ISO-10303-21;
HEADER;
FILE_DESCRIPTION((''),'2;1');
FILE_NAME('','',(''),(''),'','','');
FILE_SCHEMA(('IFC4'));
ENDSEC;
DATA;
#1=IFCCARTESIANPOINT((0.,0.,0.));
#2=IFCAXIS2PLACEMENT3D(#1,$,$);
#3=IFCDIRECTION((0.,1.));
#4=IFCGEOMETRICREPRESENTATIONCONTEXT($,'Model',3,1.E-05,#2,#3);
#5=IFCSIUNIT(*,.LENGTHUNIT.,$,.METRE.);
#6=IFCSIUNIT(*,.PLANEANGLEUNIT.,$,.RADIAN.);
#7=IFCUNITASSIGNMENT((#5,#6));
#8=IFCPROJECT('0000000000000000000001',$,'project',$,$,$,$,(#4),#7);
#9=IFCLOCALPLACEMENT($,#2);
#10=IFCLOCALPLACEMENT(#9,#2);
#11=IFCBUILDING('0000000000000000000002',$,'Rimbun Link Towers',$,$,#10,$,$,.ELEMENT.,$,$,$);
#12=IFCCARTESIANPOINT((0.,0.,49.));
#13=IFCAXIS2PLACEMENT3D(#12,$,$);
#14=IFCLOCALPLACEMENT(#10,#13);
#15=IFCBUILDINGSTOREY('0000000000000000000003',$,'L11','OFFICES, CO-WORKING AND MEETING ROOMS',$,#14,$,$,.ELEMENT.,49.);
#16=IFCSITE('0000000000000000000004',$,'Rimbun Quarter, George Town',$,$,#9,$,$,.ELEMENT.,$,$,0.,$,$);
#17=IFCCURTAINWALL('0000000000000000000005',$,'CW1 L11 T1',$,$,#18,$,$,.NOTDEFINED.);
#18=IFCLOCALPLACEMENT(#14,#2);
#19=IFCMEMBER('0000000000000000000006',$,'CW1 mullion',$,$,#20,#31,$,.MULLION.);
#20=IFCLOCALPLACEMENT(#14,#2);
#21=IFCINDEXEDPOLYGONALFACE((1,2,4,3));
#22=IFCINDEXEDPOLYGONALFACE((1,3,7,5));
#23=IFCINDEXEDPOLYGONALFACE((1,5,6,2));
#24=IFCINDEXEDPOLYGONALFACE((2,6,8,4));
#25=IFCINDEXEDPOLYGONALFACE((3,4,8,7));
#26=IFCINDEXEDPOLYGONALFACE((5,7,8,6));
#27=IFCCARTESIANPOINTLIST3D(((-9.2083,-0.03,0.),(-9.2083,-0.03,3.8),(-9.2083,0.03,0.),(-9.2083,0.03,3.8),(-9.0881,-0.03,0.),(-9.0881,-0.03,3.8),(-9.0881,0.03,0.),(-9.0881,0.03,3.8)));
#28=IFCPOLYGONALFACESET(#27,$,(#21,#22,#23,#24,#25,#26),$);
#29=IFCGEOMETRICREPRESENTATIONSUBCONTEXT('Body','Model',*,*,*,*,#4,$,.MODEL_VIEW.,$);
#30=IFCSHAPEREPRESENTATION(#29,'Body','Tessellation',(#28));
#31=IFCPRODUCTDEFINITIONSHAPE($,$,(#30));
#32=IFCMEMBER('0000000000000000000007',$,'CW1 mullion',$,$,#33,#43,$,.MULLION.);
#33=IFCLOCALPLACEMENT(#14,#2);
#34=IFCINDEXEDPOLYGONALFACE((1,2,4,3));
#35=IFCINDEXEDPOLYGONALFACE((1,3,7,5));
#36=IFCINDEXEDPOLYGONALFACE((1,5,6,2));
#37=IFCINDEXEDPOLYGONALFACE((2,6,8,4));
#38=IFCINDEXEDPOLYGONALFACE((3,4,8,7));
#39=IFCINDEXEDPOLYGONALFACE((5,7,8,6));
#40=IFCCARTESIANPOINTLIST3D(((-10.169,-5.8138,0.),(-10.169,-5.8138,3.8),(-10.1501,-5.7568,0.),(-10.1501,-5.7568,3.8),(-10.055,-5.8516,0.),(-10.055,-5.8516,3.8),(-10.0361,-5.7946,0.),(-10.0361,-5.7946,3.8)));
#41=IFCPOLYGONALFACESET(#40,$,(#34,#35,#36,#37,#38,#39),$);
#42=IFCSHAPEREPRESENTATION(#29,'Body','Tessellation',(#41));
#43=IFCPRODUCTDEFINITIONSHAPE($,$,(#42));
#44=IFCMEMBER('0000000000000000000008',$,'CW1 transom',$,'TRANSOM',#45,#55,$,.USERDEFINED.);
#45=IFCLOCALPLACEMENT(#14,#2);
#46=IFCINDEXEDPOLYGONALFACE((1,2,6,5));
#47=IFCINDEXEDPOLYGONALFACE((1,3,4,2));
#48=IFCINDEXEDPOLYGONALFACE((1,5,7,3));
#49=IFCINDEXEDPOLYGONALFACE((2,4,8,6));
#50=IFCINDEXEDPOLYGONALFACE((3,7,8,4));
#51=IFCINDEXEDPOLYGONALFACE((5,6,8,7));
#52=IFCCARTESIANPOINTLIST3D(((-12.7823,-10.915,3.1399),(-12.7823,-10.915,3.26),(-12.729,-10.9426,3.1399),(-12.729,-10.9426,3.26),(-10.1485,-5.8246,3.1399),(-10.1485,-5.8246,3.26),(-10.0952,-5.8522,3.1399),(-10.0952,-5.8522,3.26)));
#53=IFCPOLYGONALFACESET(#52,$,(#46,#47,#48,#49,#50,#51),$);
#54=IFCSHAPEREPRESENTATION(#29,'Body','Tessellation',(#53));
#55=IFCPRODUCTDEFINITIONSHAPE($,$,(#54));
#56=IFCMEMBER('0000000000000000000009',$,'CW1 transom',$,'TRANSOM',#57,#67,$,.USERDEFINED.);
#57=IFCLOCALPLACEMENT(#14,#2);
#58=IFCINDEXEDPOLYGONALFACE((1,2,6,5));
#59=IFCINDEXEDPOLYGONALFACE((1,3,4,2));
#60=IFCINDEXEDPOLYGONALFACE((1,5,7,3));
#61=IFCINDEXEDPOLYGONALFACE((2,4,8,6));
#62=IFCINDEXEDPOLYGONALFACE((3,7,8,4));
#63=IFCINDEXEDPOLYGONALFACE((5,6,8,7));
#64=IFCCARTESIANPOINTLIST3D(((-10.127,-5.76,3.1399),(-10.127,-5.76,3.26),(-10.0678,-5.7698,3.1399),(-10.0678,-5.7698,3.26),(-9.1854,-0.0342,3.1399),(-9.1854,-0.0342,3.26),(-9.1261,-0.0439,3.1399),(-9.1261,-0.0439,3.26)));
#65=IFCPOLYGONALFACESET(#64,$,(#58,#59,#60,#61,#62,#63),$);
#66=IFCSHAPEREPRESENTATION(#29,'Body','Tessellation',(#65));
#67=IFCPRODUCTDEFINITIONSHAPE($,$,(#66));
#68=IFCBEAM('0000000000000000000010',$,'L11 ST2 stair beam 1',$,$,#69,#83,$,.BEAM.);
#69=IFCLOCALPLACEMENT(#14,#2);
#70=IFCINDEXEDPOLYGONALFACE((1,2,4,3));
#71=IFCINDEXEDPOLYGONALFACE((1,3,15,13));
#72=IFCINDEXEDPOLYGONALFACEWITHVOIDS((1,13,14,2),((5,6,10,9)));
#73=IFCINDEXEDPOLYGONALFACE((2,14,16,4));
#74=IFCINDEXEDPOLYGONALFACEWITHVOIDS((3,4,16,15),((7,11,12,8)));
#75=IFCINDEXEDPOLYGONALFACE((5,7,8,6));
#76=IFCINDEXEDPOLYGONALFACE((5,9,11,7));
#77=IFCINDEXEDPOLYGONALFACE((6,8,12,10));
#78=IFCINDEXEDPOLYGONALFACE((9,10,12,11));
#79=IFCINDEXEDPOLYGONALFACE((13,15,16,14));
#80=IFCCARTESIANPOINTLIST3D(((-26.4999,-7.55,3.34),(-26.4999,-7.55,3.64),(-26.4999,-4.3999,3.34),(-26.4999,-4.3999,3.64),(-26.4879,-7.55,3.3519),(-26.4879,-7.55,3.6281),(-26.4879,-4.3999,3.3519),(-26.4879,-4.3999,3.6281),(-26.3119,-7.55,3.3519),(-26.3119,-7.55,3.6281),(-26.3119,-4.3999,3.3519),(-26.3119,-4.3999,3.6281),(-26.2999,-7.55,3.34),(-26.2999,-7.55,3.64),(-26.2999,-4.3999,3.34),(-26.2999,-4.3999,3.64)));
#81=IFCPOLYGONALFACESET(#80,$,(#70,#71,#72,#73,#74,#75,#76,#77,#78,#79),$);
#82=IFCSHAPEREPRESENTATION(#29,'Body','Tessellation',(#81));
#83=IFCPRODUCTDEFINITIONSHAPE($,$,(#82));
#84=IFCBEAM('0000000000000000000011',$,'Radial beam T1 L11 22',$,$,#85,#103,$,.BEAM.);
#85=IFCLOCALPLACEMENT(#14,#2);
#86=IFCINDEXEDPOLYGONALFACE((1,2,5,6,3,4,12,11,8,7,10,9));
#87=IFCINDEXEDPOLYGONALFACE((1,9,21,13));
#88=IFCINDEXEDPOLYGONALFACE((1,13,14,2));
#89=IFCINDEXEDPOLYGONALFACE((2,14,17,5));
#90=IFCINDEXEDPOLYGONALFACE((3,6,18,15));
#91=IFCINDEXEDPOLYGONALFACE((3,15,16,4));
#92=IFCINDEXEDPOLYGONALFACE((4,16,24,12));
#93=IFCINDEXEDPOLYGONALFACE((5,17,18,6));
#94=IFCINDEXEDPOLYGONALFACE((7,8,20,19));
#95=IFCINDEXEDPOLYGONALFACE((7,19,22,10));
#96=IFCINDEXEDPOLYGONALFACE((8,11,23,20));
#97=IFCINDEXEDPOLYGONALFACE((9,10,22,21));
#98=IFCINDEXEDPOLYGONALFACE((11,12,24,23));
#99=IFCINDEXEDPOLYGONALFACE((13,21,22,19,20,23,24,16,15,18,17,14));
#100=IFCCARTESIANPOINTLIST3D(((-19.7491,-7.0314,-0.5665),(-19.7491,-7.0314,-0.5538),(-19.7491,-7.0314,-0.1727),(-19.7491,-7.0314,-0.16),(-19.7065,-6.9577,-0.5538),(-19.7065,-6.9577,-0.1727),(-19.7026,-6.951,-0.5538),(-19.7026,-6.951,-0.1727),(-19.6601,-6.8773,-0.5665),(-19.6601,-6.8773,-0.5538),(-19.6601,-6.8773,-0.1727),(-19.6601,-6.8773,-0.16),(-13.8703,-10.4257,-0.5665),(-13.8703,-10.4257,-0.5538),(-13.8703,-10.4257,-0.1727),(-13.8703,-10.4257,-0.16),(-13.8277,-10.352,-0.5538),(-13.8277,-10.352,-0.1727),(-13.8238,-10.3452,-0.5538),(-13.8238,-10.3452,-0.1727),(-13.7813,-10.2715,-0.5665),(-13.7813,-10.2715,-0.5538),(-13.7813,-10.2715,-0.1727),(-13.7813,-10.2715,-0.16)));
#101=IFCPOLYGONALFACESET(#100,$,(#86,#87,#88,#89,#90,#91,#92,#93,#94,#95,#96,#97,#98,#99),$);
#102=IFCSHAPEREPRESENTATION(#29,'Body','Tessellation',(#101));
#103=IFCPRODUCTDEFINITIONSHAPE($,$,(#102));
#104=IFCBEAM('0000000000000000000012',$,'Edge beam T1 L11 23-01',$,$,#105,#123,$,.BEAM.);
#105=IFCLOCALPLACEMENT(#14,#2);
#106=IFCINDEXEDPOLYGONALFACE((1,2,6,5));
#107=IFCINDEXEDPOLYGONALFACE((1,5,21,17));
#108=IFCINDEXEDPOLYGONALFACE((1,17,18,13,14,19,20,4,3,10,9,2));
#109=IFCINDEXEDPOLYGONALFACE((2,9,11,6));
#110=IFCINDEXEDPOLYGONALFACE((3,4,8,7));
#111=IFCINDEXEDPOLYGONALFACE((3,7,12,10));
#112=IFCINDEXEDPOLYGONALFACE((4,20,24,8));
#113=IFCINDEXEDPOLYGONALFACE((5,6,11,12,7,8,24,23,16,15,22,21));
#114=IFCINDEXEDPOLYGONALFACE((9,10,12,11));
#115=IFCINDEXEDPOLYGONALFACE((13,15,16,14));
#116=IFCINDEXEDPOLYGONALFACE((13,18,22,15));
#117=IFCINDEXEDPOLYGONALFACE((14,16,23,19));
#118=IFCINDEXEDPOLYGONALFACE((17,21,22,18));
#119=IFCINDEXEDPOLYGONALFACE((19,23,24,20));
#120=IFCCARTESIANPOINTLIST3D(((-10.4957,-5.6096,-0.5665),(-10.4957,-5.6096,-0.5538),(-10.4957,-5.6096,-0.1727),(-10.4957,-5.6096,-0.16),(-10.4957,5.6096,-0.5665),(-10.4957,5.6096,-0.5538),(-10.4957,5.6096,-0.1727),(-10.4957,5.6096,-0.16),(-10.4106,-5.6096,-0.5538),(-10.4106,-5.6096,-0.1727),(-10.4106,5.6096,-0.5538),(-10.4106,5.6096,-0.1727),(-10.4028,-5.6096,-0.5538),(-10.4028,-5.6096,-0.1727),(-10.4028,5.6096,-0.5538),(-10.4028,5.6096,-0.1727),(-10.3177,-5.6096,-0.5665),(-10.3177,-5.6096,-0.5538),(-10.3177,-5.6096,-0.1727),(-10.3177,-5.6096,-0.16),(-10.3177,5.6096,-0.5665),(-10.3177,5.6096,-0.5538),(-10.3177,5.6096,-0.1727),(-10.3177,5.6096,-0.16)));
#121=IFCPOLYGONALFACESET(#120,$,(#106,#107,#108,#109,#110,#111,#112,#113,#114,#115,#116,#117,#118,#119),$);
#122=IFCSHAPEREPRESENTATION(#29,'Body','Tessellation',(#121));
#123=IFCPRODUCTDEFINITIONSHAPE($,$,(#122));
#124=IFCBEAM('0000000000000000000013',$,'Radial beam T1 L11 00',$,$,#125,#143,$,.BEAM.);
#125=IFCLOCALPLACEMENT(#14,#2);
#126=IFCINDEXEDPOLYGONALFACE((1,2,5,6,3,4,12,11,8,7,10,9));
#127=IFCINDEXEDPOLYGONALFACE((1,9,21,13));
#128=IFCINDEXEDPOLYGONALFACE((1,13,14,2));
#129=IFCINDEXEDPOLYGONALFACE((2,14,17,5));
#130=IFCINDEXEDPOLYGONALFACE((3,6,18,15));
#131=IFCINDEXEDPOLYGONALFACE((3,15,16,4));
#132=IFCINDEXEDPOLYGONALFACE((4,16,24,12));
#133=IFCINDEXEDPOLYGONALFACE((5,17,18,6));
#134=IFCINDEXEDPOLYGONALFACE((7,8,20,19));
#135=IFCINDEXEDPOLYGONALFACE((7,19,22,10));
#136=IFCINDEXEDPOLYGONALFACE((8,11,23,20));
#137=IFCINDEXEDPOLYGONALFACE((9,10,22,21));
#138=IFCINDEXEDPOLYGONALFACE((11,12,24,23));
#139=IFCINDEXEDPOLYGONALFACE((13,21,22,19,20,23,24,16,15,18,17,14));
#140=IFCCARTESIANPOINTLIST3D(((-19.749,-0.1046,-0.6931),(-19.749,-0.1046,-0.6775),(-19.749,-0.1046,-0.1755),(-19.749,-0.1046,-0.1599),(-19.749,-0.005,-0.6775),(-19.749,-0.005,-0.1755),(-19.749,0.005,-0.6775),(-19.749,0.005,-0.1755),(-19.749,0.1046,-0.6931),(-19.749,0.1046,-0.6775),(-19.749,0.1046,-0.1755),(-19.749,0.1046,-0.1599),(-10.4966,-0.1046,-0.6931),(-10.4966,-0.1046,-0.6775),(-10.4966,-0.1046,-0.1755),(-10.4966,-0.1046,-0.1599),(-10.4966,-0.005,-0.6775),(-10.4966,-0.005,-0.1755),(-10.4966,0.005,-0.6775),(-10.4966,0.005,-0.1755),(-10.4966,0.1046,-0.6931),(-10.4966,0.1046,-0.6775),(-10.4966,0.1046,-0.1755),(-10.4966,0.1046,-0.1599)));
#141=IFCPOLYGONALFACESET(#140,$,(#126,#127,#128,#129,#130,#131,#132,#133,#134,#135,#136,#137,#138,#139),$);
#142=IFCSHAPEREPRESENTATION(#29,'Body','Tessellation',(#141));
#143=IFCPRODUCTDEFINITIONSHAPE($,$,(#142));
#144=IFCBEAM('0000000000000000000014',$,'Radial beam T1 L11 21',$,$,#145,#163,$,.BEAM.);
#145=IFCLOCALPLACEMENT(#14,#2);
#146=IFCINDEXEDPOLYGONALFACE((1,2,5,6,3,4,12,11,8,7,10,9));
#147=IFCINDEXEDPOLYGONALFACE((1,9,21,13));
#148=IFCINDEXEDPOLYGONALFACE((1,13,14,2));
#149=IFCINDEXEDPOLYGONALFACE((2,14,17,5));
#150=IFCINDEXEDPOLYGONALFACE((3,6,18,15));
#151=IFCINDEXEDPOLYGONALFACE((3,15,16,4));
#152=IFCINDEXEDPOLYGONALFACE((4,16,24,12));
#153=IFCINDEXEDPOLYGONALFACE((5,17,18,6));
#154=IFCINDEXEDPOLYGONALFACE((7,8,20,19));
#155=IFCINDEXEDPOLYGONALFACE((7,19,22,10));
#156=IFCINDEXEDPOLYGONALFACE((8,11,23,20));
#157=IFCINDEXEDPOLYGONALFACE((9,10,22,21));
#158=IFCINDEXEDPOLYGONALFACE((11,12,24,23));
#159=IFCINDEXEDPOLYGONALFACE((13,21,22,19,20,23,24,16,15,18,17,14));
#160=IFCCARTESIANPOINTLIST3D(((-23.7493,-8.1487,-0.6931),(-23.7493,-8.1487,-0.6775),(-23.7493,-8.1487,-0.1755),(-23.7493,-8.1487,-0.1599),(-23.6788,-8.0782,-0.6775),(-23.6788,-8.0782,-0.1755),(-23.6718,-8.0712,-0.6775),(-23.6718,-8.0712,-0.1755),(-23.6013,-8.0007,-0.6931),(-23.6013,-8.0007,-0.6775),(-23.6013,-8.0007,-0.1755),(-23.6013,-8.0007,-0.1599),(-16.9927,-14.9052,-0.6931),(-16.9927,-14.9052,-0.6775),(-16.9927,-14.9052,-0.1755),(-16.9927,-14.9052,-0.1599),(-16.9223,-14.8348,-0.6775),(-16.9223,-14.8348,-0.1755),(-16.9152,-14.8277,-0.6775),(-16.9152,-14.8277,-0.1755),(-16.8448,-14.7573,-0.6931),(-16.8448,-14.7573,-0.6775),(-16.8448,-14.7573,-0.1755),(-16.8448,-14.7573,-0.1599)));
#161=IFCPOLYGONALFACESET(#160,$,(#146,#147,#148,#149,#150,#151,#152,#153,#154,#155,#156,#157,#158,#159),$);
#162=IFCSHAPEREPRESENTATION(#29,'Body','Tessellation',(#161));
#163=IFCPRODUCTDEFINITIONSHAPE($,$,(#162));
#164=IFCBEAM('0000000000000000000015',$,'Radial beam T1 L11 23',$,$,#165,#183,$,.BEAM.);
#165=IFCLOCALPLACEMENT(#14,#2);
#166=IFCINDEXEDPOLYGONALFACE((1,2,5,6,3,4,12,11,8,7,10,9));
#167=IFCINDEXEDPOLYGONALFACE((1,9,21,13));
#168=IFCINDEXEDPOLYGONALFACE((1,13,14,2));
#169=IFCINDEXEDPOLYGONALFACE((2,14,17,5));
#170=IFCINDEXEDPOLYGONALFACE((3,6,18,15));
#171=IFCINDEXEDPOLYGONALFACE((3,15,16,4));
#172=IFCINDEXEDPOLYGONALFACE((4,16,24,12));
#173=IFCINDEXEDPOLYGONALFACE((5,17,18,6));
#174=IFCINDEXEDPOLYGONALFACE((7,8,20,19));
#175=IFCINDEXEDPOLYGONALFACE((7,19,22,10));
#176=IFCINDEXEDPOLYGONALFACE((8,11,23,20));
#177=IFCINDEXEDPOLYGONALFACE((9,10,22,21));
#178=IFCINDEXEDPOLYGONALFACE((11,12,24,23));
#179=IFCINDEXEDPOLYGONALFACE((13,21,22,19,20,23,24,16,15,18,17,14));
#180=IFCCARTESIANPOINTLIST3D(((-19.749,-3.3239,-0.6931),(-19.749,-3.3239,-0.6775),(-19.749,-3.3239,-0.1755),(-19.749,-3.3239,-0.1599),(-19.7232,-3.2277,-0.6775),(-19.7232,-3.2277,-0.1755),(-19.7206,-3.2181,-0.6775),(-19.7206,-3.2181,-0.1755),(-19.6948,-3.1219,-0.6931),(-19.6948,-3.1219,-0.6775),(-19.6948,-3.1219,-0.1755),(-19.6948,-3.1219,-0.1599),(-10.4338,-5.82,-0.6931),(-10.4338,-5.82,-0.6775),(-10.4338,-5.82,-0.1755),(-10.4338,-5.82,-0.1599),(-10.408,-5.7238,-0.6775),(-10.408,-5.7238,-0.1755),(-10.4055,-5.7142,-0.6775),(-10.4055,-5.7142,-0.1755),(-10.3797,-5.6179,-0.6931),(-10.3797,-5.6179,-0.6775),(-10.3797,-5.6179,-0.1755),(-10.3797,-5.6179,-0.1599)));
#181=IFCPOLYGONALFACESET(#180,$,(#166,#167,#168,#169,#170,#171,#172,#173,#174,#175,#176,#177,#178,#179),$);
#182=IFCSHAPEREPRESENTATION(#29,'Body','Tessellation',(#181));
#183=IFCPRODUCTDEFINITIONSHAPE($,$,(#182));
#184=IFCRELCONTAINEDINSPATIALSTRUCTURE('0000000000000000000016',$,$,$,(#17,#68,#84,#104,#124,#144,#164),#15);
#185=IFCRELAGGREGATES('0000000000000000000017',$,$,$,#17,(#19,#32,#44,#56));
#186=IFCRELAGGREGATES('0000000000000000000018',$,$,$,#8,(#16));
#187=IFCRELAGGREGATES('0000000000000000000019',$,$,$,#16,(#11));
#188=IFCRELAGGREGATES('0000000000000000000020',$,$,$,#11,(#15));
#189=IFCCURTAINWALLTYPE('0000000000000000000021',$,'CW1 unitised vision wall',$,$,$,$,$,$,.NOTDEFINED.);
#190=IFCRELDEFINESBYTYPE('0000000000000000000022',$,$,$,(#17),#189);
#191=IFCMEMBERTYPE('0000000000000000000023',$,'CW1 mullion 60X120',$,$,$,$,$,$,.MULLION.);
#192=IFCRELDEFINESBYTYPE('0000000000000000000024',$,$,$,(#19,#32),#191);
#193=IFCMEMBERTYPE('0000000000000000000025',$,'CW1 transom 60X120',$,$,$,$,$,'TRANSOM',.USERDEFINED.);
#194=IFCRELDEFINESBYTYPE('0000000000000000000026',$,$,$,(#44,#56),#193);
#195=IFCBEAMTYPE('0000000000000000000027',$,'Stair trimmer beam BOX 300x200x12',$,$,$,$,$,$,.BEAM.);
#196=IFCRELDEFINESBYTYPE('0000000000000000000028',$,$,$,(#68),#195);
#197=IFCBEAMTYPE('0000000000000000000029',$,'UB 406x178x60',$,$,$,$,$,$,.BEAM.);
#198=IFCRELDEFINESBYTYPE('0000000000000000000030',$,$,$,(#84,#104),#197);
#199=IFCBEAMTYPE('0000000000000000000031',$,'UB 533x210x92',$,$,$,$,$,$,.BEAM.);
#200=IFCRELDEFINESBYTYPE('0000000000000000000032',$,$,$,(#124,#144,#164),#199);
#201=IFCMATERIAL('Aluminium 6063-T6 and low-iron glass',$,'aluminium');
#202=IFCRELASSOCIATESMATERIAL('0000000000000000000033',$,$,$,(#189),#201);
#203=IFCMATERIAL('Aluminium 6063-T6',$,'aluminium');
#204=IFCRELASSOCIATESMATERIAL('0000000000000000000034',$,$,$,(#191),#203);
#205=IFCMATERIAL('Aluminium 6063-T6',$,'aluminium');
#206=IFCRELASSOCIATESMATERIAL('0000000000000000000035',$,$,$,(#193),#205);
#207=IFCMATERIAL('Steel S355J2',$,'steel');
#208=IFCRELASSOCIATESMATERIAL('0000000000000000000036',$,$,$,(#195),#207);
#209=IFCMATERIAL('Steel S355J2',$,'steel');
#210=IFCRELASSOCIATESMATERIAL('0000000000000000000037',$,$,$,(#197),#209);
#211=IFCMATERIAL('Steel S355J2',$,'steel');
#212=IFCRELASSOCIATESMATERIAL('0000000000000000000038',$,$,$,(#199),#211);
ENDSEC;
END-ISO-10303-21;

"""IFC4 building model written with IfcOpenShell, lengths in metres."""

from ifc_helpers import new_model, si_unit, direction, frame, origin, origin_2d, place, context, subcontext, project, spatial, rectangle, hollow_rectangle, i_section, extrude, material, material_profile, profile_set, type_object, element, aggregate, save


model = new_model("IFC4")

# Units and contexts
model_context = context("Model", 3, precision=1e-05, world=origin(), true_north=direction((0.0, 1.0)))
body_context = subcontext(model_context, "Body", "Model", "MODEL_VIEW")
ifc_project = project(units=[si_unit("LENGTHUNIT", "METRE"), si_unit("PLANEANGLEUNIT", "RADIAN")], contexts=[model_context])

# Site, building, storey
site_placement = place(None, origin())
site = spatial("IfcSite", under=ifc_project, at=site_placement, Name="Rimbun Quarter, George Town", CompositionType="ELEMENT", RefElevation=0.0)
building_placement = place(site_placement, origin())
building = spatial("IfcBuilding", under=site, at=building_placement, Name="Rimbun Link Towers", CompositionType="ELEMENT")
storey_placement = place(building_placement, frame((0.0, 0.0, 49.0)))
storey = spatial("IfcBuildingStorey", under=building, at=storey_placement, Name="L11", Description="OFFICES, CO-WORKING AND MEETING ROOMS", CompositionType="ELEMENT", Elevation=49.0)

# Curtain wall, members
ifc_material_1 = material(Name="Aluminium 6063-T6 and low-iron glass", Category="aluminium")
curtain_wall_type = type_object("IfcCurtainWallType", Name="CW1 unitised vision wall", PredefinedType="NOTDEFINED", material=ifc_material_1)
curtain_wall_placement = place(storey_placement, origin())
curtain_wall = element("IfcCurtainWall", 1, at=curtain_wall_placement, inside=storey, type_object=curtain_wall_type, Name="CW1 L11 T1", PredefinedType="NOTDEFINED")
ifc_material_2 = material(Name="Aluminium 6063-T6", Category="aluminium")
ifc_material_profile_1 = material_profile(ifc_material_2, rectangle(XDim=0.1201, YDim=0.0601, at=origin_2d()), Name="MULLION 60X120")
ifc_profile_set_1 = profile_set([ifc_material_profile_1], Name="Aluminium 6063-T6")
member_type_1 = type_object("IfcMemberType", Name="CW1 mullion 60X120", PredefinedType="MULLION", material=ifc_profile_set_1)
member_1_placement = place(storey_placement, frame((-9.1482, 0.0, 0.0), z_axis=(0.0, 0.0, 1.0), x_axis=(1.0, 0.0, 0.0)))
member_1 = element("IfcMember", 2, at=member_1_placement, type_object=member_type_1, Name="CW1 mullion", PredefinedType="MULLION", context=body_context, shape_type="SweptSolid", body=[
    extrude(rectangle(XDim=0.1201, YDim=0.0601, at=origin_2d()), origin(), (0.0, 0.0, 1.0), 3.8),
])
member_2_placement = place(storey_placement, frame((-10.1025, -5.8042, 0.0), z_axis=(0.0, 0.0, 1.0), x_axis=(0.949161, -0.314791, 0.0)))
member_2 = element("IfcMember", 3, at=member_2_placement, type_object=member_type_1, Name="CW1 mullion", PredefinedType="MULLION", context=body_context, shape_type="SweptSolid", body=[
    extrude(rectangle(XDim=0.1201, YDim=0.0601, at=origin_2d()), origin(), (0.0, 0.0, 1.0), 3.8),
])
ifc_material_3 = material(Name="Aluminium 6063-T6", Category="aluminium")
ifc_material_profile_2 = material_profile(ifc_material_3, rectangle(XDim=0.0601, YDim=0.1201, at=origin_2d()), Name="TRANSOM 60X120")
ifc_profile_set_2 = profile_set([ifc_material_profile_2], Name="Aluminium 6063-T6")
member_type_2 = type_object("IfcMemberType", Name="CW1 transom 60X120", ElementType="TRANSOM", PredefinedType="USERDEFINED", material=ifc_profile_set_2)
member_3_placement = place(storey_placement, frame((-10.1218, -5.8384, 3.2), z_axis=(-0.459541, -0.888156, 0.0), x_axis=(0.888156, -0.459541, 0.0)))
member_3 = element("IfcMember", 4, at=member_3_placement, type_object=member_type_2, Name="CW1 transom", ObjectType="TRANSOM", PredefinedType="USERDEFINED", context=body_context, shape_type="SweptSolid", body=[
    extrude(rectangle(XDim=0.0601, YDim=0.1201, at=origin_2d()), origin(), (0.0, 0.0, 1.0), 5.7314),
])
member_4_placement = place(storey_placement, frame((-9.1558, -0.0391, 3.2), z_axis=(-0.162277, -0.986745, 0.0), x_axis=(0.986745, -0.162277, 0.0)))
member_4 = element("IfcMember", 5, at=member_4_placement, type_object=member_type_2, Name="CW1 transom", ObjectType="TRANSOM", PredefinedType="USERDEFINED", context=body_context, shape_type="SweptSolid", body=[
    extrude(rectangle(XDim=0.0601, YDim=0.1201, at=origin_2d()), origin(), (0.0, 0.0, 1.0), 5.8027),
])

# Beams
ifc_material_4 = material(Name="Steel S355J2", Category="steel")
ifc_material_profile_3 = material_profile(ifc_material_4, hollow_rectangle(XDim=0.2, YDim=0.3, WallThickness=0.012, at=origin_2d()), Name="BOX 300x200x12")
ifc_profile_set_3 = profile_set([ifc_material_profile_3], Name="Steel S355J2")
beam_type_1 = type_object("IfcBeamType", Name="Stair trimmer beam BOX 300x200x12", PredefinedType="BEAM", material=ifc_profile_set_3)
beam_1_placement = place(storey_placement, frame((-26.3999, -7.55, 3.49), z_axis=(0.0, 1.0, 0.0), x_axis=(-1.0, 0.0, 0.0)))
element("IfcBeam", 6, at=beam_1_placement, inside=storey, type_object=beam_type_1, Name="L11 ST2 stair beam 1", PredefinedType="BEAM", context=body_context, shape_type="SweptSolid", body=[
    extrude(hollow_rectangle(XDim=0.2, YDim=0.3, WallThickness=0.012, at=origin_2d()), origin(), (0.0, 0.0, 1.0), 3.1501),
])
ifc_material_5 = material(Name="Steel S355J2", Category="steel")
ifc_material_profile_4 = material_profile(ifc_material_5, i_section(OverallWidth=0.178, OverallDepth=0.4065, WebThickness=0.0078, FlangeThickness=0.0127, at=origin_2d()), Name="UB 406x178x60")
ifc_profile_set_4 = profile_set([ifc_material_profile_4], Name="Steel S355J2")
beam_type_2 = type_object("IfcBeamType", Name="UB 406x178x60", PredefinedType="BEAM", material=ifc_profile_set_4)
beam_2_placement = place(storey_placement, frame((-19.7046, -6.9543, -0.3633), z_axis=(0.866019, -0.500011, 0.0), x_axis=(0.500011, 0.866019, 0.0)))
element("IfcBeam", 7, at=beam_2_placement, inside=storey, type_object=beam_type_2, Name="Radial beam T1 L11 22", PredefinedType="BEAM", context=body_context, shape_type="SweptSolid", body=[
    extrude(i_section(OverallWidth=0.178, OverallDepth=0.4065, WebThickness=0.0078, FlangeThickness=0.0127, at=origin_2d()), origin(), (0.0, 0.0, 1.0), 6.7883),
])
beam_3_placement = place(storey_placement, frame((-10.4067, -5.6096, -0.3633), z_axis=(0.0, 1.0, 0.0), x_axis=(-1.0, 0.0, 0.0)))
element("IfcBeam", 8, at=beam_3_placement, inside=storey, type_object=beam_type_2, Name="Edge beam T1 L11 23-01", PredefinedType="BEAM", context=body_context, shape_type="SweptSolid", body=[
    extrude(i_section(OverallWidth=0.178, OverallDepth=0.4065, WebThickness=0.0078, FlangeThickness=0.0127, at=origin_2d()), origin(), (0.0, 0.0, 1.0), 11.2192),
])
ifc_material_6 = material(Name="Steel S355J2", Category="steel")
ifc_material_profile_5 = material_profile(ifc_material_6, i_section(OverallWidth=0.2092, OverallDepth=0.5332, WebThickness=0.01, FlangeThickness=0.0156, at=origin_2d()), Name="UB 533x210x92")
ifc_profile_set_5 = profile_set([ifc_material_profile_5], Name="Steel S355J2")
beam_type_3 = type_object("IfcBeamType", Name="UB 533x210x92", PredefinedType="BEAM", material=ifc_profile_set_5)
beam_4_placement = place(storey_placement, frame((-19.749, 0.0, -0.4265), z_axis=(1.0, 0.0, 0.0), x_axis=(0.0, 1.0, 0.0)))
element("IfcBeam", 9, at=beam_4_placement, inside=storey, type_object=beam_type_3, Name="Radial beam T1 L11 00", PredefinedType="BEAM", context=body_context, shape_type="SweptSolid", body=[
    extrude(i_section(OverallWidth=0.2092, OverallDepth=0.5332, WebThickness=0.01, FlangeThickness=0.0156, at=origin_2d()), origin(), (0.0, 0.0, 1.0), 9.2524),
])
beam_5_placement = place(storey_placement, frame((-23.6753, -8.0747, -0.4265), z_axis=(0.707107, -0.707107, 0.0), x_axis=(0.707107, 0.707107, 0.0)))
element("IfcBeam", 10, at=beam_5_placement, inside=storey, type_object=beam_type_3, Name="Radial beam T1 L11 21", PredefinedType="BEAM", context=body_context, shape_type="SweptSolid", body=[
    extrude(i_section(OverallWidth=0.2092, OverallDepth=0.5332, WebThickness=0.01, FlangeThickness=0.0156, at=origin_2d()), origin(), (0.0, 0.0, 1.0), 9.5552),
])
beam_6_placement = place(storey_placement, frame((-19.7219, -3.2229, -0.4265), z_axis=(0.965923, -0.258828, 0.0), x_axis=(0.258828, 0.965923, 0.0)))
element("IfcBeam", 11, at=beam_6_placement, inside=storey, type_object=beam_type_3, Name="Radial beam T1 L11 23", PredefinedType="BEAM", context=body_context, shape_type="SweptSolid", body=[
    extrude(i_section(OverallWidth=0.2092, OverallDepth=0.5332, WebThickness=0.01, FlangeThickness=0.0156, at=origin_2d()), origin(), (0.0, 0.0, 1.0), 9.6438),
])

aggregate(curtain_wall, [member_1, member_2, member_3, member_4])

save(model, "model.ifc")
